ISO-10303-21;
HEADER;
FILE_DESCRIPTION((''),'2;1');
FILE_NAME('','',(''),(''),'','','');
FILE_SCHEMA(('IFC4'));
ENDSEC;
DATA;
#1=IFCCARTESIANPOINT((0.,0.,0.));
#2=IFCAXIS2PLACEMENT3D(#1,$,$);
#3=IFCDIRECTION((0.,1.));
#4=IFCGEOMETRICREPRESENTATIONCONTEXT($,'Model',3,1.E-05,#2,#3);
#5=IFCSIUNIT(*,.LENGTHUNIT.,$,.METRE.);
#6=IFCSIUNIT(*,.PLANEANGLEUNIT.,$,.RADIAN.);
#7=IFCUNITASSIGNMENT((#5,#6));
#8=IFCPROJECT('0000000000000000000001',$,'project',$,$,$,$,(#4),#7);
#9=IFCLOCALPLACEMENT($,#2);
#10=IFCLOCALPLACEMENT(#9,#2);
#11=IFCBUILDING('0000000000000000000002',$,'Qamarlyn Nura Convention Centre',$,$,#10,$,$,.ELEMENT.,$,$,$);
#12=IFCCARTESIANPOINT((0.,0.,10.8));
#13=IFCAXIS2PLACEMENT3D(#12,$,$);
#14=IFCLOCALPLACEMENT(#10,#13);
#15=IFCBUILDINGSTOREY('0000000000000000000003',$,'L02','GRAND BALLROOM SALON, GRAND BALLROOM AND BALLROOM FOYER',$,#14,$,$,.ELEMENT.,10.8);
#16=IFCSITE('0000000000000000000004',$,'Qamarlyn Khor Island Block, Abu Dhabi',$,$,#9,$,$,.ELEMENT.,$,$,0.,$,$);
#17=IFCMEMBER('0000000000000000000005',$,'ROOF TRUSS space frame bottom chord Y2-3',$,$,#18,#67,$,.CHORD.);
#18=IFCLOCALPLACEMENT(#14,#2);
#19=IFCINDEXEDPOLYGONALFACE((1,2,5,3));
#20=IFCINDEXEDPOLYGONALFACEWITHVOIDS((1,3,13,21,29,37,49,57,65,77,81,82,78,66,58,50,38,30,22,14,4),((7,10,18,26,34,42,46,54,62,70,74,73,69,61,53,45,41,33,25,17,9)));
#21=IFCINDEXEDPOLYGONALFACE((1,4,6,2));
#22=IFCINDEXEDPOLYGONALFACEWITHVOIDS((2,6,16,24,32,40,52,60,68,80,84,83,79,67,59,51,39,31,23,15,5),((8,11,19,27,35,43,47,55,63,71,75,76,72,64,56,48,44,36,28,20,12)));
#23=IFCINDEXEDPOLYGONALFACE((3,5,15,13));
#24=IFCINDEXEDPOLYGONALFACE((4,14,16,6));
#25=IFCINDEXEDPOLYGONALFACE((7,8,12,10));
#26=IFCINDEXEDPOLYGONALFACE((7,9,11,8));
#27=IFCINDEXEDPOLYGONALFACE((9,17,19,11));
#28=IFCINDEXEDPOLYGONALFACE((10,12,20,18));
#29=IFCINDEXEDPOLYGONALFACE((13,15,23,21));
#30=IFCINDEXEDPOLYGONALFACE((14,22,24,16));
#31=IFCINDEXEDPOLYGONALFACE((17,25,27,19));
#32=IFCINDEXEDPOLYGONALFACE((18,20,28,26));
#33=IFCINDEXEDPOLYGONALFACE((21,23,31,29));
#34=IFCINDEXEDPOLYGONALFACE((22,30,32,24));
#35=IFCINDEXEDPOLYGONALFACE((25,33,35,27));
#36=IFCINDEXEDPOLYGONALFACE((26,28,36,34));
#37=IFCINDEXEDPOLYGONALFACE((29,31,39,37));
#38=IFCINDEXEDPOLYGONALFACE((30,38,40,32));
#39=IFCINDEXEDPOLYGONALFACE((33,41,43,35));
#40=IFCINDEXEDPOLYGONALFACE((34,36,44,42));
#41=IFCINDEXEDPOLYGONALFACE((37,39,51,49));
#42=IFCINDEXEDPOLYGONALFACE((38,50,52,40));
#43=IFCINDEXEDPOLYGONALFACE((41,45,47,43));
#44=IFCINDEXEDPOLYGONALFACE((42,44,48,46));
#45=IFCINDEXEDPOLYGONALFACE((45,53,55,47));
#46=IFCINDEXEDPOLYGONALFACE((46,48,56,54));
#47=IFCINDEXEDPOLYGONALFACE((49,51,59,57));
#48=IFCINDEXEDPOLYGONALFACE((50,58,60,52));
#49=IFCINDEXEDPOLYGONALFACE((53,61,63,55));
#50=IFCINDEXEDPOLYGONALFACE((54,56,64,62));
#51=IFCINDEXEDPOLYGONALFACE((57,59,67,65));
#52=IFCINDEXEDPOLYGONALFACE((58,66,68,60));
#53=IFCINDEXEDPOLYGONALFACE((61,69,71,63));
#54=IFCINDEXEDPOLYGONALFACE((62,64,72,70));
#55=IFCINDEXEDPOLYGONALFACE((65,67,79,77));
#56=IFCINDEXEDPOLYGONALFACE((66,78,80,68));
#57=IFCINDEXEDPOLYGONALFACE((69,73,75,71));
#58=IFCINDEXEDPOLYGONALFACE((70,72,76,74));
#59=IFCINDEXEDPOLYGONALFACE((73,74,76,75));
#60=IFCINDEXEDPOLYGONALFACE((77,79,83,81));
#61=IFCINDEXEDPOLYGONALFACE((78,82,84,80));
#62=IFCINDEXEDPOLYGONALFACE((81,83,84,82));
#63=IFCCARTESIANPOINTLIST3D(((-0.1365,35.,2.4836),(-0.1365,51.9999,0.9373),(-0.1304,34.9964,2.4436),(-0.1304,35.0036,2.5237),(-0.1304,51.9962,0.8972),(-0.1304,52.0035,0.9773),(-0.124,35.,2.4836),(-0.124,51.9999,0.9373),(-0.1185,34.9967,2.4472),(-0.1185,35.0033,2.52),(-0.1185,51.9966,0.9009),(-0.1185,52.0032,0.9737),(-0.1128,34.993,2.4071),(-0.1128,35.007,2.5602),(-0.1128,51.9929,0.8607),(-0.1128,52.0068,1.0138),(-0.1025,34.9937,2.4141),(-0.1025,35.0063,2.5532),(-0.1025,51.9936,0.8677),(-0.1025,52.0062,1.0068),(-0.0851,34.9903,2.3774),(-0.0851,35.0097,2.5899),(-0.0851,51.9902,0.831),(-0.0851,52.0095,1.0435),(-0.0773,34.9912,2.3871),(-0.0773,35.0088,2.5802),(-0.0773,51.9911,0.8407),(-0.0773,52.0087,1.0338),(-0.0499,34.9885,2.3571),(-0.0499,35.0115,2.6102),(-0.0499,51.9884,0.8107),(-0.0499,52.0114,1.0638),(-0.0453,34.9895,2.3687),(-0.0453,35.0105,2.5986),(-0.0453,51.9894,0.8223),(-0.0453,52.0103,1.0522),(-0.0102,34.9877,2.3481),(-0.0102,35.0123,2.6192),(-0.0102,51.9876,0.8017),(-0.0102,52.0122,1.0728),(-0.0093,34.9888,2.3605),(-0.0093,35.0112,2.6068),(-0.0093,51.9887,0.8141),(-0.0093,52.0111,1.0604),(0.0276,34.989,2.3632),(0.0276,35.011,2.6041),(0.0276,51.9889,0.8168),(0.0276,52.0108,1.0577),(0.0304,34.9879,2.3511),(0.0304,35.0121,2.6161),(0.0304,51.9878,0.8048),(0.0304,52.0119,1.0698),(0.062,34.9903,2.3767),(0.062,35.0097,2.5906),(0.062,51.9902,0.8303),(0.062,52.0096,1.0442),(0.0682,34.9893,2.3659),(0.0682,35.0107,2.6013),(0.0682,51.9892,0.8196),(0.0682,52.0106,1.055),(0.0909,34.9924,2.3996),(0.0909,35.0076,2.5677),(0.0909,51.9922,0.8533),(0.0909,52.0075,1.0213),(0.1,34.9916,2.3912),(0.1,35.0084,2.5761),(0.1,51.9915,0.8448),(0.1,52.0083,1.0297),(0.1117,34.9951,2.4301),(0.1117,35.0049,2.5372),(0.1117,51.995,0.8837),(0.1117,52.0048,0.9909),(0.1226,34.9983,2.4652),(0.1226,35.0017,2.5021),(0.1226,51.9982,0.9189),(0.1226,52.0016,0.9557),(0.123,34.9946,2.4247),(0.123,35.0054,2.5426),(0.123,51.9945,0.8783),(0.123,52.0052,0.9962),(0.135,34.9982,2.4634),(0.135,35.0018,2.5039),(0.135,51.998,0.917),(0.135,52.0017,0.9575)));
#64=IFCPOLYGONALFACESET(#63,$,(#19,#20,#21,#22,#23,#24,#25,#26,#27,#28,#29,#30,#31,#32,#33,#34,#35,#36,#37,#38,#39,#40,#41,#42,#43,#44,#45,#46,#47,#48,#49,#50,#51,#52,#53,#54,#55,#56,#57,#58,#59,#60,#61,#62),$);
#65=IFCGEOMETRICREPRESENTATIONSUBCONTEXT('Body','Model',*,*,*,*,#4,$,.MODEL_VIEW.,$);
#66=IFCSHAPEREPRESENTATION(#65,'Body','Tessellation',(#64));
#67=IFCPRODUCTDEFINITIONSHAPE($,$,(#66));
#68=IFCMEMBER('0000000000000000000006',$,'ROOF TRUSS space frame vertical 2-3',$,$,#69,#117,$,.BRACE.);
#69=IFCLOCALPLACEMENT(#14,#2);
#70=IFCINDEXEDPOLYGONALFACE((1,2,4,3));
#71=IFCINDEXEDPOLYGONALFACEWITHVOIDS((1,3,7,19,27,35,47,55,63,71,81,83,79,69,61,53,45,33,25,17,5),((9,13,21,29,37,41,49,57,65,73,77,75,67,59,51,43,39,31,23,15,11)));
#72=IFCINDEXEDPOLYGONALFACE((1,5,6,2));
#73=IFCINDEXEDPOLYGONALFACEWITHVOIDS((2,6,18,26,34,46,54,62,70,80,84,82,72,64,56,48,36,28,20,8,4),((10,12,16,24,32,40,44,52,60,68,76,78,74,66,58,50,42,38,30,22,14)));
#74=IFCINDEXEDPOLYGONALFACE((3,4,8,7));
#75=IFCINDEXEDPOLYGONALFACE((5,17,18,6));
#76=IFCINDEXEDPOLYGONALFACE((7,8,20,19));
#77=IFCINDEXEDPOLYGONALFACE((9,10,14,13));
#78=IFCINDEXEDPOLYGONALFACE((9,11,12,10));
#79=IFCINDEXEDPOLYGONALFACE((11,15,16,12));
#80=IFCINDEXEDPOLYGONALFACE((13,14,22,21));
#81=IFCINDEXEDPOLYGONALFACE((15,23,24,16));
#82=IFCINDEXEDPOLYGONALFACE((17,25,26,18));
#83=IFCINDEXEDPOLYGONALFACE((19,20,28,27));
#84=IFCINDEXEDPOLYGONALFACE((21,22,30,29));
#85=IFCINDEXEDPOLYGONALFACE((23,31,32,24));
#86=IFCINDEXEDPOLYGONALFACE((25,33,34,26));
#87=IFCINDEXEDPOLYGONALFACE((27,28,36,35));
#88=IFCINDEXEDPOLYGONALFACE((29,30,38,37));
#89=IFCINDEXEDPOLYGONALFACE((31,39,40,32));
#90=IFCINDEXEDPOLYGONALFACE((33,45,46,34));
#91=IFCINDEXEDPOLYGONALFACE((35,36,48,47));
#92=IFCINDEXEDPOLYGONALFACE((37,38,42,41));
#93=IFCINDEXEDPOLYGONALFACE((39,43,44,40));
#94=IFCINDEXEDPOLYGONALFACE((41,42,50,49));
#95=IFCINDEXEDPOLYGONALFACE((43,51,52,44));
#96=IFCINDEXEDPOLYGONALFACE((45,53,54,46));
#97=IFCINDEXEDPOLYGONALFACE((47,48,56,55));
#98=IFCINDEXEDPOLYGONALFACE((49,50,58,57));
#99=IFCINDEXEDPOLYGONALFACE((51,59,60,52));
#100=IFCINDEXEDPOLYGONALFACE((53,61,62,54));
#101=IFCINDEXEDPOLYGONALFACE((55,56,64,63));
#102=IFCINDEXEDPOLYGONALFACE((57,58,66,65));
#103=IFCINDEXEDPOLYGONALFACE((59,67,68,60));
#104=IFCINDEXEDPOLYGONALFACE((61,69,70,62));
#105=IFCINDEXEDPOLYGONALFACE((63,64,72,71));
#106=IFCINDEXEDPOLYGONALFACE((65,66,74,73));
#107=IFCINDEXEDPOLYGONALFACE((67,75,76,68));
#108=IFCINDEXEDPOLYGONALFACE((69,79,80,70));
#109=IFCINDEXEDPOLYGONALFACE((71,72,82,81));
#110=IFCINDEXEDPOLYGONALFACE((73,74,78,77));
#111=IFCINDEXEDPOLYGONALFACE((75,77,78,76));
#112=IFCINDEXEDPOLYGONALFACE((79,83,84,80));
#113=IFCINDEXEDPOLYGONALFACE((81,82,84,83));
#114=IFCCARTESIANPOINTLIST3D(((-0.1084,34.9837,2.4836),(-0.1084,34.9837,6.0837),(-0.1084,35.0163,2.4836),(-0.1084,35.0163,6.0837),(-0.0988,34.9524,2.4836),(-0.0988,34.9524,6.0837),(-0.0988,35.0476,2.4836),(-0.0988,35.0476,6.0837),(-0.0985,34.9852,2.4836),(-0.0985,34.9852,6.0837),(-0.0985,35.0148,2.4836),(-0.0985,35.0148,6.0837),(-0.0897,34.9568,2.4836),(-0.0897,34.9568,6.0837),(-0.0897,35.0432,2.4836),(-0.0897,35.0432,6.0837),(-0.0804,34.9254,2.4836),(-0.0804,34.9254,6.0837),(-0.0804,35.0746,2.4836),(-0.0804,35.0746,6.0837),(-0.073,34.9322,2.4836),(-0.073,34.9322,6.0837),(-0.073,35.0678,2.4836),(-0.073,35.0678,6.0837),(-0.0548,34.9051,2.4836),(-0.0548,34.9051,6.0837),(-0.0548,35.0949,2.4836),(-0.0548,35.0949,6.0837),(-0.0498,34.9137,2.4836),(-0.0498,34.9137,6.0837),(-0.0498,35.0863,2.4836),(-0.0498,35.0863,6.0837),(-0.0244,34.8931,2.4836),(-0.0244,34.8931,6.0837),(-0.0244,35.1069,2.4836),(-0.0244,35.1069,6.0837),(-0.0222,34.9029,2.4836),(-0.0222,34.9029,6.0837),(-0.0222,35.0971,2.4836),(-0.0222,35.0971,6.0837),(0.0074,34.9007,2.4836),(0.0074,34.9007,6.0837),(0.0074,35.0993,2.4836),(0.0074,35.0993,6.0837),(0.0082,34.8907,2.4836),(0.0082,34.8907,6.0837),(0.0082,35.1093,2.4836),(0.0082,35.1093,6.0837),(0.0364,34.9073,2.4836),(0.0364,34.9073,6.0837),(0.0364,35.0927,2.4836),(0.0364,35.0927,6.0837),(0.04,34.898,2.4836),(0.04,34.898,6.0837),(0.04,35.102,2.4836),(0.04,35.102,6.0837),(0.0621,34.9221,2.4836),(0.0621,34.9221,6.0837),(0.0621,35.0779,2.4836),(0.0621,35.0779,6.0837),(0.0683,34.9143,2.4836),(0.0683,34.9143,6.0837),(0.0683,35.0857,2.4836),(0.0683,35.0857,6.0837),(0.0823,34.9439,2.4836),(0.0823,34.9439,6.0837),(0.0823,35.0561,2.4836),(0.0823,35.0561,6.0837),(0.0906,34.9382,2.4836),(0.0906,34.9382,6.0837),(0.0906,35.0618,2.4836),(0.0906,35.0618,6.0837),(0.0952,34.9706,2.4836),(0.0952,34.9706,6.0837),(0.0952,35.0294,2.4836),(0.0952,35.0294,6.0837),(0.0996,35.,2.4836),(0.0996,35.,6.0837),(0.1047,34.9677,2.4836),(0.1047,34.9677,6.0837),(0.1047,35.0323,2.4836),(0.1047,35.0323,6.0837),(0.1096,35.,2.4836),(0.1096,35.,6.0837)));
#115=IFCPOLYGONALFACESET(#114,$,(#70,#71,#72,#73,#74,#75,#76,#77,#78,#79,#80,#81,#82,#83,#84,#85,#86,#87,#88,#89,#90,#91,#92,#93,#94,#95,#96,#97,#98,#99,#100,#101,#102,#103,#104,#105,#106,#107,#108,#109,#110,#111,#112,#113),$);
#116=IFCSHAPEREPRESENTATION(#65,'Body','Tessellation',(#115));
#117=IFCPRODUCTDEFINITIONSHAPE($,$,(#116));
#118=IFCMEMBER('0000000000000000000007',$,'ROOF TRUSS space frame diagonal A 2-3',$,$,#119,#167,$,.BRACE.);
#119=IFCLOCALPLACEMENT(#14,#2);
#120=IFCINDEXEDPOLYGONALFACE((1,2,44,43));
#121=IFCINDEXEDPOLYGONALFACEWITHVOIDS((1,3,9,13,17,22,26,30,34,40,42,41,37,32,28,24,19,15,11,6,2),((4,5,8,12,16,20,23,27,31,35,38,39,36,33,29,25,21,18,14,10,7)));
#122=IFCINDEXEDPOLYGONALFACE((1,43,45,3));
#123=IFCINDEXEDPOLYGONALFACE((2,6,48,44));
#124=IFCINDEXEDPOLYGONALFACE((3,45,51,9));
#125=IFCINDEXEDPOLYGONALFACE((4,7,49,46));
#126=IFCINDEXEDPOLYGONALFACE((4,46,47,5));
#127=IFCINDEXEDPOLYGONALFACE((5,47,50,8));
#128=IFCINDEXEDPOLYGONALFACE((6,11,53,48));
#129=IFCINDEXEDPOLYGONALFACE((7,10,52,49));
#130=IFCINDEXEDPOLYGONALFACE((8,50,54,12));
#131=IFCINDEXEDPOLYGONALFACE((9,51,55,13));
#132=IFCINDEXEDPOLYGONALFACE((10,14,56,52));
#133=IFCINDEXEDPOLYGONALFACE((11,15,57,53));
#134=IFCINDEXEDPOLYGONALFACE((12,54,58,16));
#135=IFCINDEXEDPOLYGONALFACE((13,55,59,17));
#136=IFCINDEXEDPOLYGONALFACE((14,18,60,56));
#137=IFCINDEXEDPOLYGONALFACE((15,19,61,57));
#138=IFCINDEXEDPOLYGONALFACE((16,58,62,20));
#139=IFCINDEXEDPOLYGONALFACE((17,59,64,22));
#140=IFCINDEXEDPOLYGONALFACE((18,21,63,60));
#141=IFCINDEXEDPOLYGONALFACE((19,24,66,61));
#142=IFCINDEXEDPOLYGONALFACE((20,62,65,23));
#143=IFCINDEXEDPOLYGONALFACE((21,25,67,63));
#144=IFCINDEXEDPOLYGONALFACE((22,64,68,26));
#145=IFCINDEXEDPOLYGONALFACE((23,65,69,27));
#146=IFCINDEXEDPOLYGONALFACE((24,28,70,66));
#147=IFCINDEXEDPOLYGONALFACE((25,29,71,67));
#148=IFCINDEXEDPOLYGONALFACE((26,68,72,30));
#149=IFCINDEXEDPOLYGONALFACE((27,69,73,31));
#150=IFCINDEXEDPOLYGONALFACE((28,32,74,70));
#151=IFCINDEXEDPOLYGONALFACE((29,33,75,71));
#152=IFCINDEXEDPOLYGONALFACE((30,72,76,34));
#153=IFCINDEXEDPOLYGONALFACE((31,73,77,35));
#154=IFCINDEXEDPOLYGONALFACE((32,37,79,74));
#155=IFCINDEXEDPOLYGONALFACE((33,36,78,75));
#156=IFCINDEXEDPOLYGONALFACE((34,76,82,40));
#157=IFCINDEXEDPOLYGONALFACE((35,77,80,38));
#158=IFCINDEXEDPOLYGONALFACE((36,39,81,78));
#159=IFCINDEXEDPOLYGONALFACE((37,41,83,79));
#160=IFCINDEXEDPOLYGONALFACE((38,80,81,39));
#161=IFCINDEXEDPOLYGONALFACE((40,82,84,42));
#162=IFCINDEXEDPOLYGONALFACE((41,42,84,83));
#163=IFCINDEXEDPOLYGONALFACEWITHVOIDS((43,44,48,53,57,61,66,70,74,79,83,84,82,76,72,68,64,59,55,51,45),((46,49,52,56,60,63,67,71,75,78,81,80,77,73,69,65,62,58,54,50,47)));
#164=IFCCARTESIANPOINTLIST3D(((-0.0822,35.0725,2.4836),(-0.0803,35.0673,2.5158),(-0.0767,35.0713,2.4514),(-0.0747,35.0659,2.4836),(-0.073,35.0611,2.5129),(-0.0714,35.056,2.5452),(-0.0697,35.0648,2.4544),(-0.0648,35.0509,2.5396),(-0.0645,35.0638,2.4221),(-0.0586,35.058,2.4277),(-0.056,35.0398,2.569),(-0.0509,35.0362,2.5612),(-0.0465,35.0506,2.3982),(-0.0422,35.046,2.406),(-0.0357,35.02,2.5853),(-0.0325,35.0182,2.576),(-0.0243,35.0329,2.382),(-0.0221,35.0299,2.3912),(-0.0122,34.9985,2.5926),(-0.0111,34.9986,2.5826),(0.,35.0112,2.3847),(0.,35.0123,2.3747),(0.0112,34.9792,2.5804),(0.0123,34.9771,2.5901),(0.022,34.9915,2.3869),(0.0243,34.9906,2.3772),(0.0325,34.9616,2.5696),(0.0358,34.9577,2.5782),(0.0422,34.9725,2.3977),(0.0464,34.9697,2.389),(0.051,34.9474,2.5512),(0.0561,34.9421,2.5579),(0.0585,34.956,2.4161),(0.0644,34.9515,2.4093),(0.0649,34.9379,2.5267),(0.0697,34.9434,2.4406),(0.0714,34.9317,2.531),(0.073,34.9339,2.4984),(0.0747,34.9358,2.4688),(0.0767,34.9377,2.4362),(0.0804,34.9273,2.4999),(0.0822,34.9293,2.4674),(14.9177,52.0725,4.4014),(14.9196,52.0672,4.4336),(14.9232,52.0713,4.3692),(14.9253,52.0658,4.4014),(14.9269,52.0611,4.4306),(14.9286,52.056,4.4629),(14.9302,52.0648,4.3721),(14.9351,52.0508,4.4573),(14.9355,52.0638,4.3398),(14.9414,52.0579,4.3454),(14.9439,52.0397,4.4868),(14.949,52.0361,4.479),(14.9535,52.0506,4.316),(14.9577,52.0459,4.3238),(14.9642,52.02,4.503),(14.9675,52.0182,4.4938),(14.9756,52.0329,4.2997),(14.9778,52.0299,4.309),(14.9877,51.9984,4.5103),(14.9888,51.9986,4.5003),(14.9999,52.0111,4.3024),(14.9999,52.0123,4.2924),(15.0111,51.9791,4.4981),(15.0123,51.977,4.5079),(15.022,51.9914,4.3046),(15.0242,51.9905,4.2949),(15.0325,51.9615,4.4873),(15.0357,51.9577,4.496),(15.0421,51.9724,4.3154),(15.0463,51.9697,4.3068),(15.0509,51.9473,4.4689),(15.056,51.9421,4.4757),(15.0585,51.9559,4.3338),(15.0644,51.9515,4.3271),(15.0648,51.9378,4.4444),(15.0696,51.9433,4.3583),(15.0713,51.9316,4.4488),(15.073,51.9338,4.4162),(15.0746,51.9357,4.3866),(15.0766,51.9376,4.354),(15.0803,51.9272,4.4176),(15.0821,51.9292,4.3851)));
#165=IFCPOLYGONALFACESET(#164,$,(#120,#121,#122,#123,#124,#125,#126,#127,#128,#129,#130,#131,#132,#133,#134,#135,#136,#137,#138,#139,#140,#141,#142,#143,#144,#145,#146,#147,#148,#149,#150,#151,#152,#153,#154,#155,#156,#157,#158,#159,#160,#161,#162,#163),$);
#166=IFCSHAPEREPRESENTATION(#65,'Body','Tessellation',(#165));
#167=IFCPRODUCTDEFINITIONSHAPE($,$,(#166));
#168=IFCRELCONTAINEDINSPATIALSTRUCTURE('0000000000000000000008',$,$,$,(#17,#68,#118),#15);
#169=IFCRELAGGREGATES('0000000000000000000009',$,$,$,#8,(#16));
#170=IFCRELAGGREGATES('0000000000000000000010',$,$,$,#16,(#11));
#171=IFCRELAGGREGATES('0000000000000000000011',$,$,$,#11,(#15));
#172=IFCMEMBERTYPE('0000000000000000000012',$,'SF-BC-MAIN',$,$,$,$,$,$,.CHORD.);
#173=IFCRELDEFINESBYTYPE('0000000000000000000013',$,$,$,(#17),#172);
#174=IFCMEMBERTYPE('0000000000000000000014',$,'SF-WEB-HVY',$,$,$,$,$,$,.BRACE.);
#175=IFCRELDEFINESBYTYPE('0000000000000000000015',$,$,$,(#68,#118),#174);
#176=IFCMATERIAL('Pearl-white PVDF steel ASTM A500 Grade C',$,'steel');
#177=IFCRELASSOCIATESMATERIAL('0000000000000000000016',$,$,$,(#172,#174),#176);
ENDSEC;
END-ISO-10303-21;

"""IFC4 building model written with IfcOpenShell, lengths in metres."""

from ifc_helpers import new_model, si_unit, direction, frame, origin, origin_2d, place, context, subcontext, project, spatial, hollow_circle, extrude, material, material_profile, profile_set, type_object, element, save


model = new_model("IFC4")

# Units and contexts
model_context = context("Model", 3, precision=1e-05, world=origin(), true_north=direction((0.0, 1.0)))
body_context = subcontext(model_context, "Body", "Model", "MODEL_VIEW")
ifc_project = project(units=[si_unit("LENGTHUNIT", "METRE"), si_unit("PLANEANGLEUNIT", "RADIAN")], contexts=[model_context])

# Site, building, storey
site_placement = place(None, origin())
site = spatial("IfcSite", under=ifc_project, at=site_placement, Name="Qamarlyn Khor Island Block, Abu Dhabi", CompositionType="ELEMENT", RefElevation=0.0)
building_placement = place(site_placement, origin())
building = spatial("IfcBuilding", under=site, at=building_placement, Name="Qamarlyn Nura Convention Centre", CompositionType="ELEMENT")
storey_placement = place(building_placement, frame((0.0, 0.0, 10.8)))
storey = spatial("IfcBuildingStorey", under=building, at=storey_placement, Name="L02", Description="GRAND BALLROOM SALON, GRAND BALLROOM AND BALLROOM FOYER", CompositionType="ELEMENT", Elevation=10.8)

# Members
ifc_material_1 = material(Name="Pearl-white PVDF steel ASTM A500 Grade C", Category="steel")
ifc_material_profile_1 = material_profile(ifc_material_1, hollow_circle(Radius=0.1365, WallThickness=0.0125, at=origin_2d()), Name="CHS273X12.5")
ifc_profile_set_1 = profile_set([ifc_material_profile_1], Name="Pearl-white PVDF steel ASTM A500 Grade C")
member_type_1 = type_object("IfcMemberType", Name="SF-BC-MAIN", PredefinedType="CHORD", material=ifc_profile_set_1)
member_1_placement = place(storey_placement, frame((0.0, 35.0, 2.4836), z_axis=(0.0, 0.995888, -0.09059), x_axis=(-1.0, 0.0, 0.0)))
element("IfcMember", 1, at=member_1_placement, inside=storey, type_object=member_type_1, Name="ROOF TRUSS space frame bottom chord Y2-3", PredefinedType="CHORD", context=body_context, shape_type="SweptSolid", body=[
    extrude(hollow_circle(Radius=0.1365, WallThickness=0.0125, at=origin_2d()), origin(), (0.0, 0.0, 1.0), 17.0701),
])
ifc_material_profile_2 = material_profile(ifc_material_1, hollow_circle(Radius=0.1096, WallThickness=0.01, at=origin_2d()), Name="CHS219.1X10")
ifc_profile_set_2 = profile_set([ifc_material_profile_2], Name="Pearl-white PVDF steel ASTM A500 Grade C")
member_type_2 = type_object("IfcMemberType", Name="SF-WEB-HVY", PredefinedType="BRACE", material=ifc_profile_set_2)
member_2_placement = place(storey_placement, frame((0.0, 35.0, 2.4836), z_axis=(0.0, 0.0, 1.0), x_axis=(1.0, 0.0, 0.0)))
element("IfcMember", 2, at=member_2_placement, inside=storey, type_object=member_type_2, Name="ROOF TRUSS space frame vertical 2-3", PredefinedType="BRACE", context=body_context, shape_type="SweptSolid", body=[
    extrude(hollow_circle(Radius=0.1096, WallThickness=0.01, at=origin_2d()), origin(), (0.0, 0.0, 1.0), 3.6001),
])
member_3_placement = place(storey_placement, frame((0.0, 35.0, 2.4836), z_axis=(0.659267, 0.74717, 0.084286), x_axis=(-0.749838, 0.661622, 0.0)))
element("IfcMember", 3, at=member_3_placement, inside=storey, type_object=member_type_2, Name="ROOF TRUSS space frame diagonal A 2-3", PredefinedType="BRACE", context=body_context, shape_type="SweptSolid", body=[
    extrude(hollow_circle(Radius=0.1096, WallThickness=0.01, at=origin_2d()), origin(), (0.0, 0.0, 1.0), 22.7524),
])

save(model, "model.ifc")
